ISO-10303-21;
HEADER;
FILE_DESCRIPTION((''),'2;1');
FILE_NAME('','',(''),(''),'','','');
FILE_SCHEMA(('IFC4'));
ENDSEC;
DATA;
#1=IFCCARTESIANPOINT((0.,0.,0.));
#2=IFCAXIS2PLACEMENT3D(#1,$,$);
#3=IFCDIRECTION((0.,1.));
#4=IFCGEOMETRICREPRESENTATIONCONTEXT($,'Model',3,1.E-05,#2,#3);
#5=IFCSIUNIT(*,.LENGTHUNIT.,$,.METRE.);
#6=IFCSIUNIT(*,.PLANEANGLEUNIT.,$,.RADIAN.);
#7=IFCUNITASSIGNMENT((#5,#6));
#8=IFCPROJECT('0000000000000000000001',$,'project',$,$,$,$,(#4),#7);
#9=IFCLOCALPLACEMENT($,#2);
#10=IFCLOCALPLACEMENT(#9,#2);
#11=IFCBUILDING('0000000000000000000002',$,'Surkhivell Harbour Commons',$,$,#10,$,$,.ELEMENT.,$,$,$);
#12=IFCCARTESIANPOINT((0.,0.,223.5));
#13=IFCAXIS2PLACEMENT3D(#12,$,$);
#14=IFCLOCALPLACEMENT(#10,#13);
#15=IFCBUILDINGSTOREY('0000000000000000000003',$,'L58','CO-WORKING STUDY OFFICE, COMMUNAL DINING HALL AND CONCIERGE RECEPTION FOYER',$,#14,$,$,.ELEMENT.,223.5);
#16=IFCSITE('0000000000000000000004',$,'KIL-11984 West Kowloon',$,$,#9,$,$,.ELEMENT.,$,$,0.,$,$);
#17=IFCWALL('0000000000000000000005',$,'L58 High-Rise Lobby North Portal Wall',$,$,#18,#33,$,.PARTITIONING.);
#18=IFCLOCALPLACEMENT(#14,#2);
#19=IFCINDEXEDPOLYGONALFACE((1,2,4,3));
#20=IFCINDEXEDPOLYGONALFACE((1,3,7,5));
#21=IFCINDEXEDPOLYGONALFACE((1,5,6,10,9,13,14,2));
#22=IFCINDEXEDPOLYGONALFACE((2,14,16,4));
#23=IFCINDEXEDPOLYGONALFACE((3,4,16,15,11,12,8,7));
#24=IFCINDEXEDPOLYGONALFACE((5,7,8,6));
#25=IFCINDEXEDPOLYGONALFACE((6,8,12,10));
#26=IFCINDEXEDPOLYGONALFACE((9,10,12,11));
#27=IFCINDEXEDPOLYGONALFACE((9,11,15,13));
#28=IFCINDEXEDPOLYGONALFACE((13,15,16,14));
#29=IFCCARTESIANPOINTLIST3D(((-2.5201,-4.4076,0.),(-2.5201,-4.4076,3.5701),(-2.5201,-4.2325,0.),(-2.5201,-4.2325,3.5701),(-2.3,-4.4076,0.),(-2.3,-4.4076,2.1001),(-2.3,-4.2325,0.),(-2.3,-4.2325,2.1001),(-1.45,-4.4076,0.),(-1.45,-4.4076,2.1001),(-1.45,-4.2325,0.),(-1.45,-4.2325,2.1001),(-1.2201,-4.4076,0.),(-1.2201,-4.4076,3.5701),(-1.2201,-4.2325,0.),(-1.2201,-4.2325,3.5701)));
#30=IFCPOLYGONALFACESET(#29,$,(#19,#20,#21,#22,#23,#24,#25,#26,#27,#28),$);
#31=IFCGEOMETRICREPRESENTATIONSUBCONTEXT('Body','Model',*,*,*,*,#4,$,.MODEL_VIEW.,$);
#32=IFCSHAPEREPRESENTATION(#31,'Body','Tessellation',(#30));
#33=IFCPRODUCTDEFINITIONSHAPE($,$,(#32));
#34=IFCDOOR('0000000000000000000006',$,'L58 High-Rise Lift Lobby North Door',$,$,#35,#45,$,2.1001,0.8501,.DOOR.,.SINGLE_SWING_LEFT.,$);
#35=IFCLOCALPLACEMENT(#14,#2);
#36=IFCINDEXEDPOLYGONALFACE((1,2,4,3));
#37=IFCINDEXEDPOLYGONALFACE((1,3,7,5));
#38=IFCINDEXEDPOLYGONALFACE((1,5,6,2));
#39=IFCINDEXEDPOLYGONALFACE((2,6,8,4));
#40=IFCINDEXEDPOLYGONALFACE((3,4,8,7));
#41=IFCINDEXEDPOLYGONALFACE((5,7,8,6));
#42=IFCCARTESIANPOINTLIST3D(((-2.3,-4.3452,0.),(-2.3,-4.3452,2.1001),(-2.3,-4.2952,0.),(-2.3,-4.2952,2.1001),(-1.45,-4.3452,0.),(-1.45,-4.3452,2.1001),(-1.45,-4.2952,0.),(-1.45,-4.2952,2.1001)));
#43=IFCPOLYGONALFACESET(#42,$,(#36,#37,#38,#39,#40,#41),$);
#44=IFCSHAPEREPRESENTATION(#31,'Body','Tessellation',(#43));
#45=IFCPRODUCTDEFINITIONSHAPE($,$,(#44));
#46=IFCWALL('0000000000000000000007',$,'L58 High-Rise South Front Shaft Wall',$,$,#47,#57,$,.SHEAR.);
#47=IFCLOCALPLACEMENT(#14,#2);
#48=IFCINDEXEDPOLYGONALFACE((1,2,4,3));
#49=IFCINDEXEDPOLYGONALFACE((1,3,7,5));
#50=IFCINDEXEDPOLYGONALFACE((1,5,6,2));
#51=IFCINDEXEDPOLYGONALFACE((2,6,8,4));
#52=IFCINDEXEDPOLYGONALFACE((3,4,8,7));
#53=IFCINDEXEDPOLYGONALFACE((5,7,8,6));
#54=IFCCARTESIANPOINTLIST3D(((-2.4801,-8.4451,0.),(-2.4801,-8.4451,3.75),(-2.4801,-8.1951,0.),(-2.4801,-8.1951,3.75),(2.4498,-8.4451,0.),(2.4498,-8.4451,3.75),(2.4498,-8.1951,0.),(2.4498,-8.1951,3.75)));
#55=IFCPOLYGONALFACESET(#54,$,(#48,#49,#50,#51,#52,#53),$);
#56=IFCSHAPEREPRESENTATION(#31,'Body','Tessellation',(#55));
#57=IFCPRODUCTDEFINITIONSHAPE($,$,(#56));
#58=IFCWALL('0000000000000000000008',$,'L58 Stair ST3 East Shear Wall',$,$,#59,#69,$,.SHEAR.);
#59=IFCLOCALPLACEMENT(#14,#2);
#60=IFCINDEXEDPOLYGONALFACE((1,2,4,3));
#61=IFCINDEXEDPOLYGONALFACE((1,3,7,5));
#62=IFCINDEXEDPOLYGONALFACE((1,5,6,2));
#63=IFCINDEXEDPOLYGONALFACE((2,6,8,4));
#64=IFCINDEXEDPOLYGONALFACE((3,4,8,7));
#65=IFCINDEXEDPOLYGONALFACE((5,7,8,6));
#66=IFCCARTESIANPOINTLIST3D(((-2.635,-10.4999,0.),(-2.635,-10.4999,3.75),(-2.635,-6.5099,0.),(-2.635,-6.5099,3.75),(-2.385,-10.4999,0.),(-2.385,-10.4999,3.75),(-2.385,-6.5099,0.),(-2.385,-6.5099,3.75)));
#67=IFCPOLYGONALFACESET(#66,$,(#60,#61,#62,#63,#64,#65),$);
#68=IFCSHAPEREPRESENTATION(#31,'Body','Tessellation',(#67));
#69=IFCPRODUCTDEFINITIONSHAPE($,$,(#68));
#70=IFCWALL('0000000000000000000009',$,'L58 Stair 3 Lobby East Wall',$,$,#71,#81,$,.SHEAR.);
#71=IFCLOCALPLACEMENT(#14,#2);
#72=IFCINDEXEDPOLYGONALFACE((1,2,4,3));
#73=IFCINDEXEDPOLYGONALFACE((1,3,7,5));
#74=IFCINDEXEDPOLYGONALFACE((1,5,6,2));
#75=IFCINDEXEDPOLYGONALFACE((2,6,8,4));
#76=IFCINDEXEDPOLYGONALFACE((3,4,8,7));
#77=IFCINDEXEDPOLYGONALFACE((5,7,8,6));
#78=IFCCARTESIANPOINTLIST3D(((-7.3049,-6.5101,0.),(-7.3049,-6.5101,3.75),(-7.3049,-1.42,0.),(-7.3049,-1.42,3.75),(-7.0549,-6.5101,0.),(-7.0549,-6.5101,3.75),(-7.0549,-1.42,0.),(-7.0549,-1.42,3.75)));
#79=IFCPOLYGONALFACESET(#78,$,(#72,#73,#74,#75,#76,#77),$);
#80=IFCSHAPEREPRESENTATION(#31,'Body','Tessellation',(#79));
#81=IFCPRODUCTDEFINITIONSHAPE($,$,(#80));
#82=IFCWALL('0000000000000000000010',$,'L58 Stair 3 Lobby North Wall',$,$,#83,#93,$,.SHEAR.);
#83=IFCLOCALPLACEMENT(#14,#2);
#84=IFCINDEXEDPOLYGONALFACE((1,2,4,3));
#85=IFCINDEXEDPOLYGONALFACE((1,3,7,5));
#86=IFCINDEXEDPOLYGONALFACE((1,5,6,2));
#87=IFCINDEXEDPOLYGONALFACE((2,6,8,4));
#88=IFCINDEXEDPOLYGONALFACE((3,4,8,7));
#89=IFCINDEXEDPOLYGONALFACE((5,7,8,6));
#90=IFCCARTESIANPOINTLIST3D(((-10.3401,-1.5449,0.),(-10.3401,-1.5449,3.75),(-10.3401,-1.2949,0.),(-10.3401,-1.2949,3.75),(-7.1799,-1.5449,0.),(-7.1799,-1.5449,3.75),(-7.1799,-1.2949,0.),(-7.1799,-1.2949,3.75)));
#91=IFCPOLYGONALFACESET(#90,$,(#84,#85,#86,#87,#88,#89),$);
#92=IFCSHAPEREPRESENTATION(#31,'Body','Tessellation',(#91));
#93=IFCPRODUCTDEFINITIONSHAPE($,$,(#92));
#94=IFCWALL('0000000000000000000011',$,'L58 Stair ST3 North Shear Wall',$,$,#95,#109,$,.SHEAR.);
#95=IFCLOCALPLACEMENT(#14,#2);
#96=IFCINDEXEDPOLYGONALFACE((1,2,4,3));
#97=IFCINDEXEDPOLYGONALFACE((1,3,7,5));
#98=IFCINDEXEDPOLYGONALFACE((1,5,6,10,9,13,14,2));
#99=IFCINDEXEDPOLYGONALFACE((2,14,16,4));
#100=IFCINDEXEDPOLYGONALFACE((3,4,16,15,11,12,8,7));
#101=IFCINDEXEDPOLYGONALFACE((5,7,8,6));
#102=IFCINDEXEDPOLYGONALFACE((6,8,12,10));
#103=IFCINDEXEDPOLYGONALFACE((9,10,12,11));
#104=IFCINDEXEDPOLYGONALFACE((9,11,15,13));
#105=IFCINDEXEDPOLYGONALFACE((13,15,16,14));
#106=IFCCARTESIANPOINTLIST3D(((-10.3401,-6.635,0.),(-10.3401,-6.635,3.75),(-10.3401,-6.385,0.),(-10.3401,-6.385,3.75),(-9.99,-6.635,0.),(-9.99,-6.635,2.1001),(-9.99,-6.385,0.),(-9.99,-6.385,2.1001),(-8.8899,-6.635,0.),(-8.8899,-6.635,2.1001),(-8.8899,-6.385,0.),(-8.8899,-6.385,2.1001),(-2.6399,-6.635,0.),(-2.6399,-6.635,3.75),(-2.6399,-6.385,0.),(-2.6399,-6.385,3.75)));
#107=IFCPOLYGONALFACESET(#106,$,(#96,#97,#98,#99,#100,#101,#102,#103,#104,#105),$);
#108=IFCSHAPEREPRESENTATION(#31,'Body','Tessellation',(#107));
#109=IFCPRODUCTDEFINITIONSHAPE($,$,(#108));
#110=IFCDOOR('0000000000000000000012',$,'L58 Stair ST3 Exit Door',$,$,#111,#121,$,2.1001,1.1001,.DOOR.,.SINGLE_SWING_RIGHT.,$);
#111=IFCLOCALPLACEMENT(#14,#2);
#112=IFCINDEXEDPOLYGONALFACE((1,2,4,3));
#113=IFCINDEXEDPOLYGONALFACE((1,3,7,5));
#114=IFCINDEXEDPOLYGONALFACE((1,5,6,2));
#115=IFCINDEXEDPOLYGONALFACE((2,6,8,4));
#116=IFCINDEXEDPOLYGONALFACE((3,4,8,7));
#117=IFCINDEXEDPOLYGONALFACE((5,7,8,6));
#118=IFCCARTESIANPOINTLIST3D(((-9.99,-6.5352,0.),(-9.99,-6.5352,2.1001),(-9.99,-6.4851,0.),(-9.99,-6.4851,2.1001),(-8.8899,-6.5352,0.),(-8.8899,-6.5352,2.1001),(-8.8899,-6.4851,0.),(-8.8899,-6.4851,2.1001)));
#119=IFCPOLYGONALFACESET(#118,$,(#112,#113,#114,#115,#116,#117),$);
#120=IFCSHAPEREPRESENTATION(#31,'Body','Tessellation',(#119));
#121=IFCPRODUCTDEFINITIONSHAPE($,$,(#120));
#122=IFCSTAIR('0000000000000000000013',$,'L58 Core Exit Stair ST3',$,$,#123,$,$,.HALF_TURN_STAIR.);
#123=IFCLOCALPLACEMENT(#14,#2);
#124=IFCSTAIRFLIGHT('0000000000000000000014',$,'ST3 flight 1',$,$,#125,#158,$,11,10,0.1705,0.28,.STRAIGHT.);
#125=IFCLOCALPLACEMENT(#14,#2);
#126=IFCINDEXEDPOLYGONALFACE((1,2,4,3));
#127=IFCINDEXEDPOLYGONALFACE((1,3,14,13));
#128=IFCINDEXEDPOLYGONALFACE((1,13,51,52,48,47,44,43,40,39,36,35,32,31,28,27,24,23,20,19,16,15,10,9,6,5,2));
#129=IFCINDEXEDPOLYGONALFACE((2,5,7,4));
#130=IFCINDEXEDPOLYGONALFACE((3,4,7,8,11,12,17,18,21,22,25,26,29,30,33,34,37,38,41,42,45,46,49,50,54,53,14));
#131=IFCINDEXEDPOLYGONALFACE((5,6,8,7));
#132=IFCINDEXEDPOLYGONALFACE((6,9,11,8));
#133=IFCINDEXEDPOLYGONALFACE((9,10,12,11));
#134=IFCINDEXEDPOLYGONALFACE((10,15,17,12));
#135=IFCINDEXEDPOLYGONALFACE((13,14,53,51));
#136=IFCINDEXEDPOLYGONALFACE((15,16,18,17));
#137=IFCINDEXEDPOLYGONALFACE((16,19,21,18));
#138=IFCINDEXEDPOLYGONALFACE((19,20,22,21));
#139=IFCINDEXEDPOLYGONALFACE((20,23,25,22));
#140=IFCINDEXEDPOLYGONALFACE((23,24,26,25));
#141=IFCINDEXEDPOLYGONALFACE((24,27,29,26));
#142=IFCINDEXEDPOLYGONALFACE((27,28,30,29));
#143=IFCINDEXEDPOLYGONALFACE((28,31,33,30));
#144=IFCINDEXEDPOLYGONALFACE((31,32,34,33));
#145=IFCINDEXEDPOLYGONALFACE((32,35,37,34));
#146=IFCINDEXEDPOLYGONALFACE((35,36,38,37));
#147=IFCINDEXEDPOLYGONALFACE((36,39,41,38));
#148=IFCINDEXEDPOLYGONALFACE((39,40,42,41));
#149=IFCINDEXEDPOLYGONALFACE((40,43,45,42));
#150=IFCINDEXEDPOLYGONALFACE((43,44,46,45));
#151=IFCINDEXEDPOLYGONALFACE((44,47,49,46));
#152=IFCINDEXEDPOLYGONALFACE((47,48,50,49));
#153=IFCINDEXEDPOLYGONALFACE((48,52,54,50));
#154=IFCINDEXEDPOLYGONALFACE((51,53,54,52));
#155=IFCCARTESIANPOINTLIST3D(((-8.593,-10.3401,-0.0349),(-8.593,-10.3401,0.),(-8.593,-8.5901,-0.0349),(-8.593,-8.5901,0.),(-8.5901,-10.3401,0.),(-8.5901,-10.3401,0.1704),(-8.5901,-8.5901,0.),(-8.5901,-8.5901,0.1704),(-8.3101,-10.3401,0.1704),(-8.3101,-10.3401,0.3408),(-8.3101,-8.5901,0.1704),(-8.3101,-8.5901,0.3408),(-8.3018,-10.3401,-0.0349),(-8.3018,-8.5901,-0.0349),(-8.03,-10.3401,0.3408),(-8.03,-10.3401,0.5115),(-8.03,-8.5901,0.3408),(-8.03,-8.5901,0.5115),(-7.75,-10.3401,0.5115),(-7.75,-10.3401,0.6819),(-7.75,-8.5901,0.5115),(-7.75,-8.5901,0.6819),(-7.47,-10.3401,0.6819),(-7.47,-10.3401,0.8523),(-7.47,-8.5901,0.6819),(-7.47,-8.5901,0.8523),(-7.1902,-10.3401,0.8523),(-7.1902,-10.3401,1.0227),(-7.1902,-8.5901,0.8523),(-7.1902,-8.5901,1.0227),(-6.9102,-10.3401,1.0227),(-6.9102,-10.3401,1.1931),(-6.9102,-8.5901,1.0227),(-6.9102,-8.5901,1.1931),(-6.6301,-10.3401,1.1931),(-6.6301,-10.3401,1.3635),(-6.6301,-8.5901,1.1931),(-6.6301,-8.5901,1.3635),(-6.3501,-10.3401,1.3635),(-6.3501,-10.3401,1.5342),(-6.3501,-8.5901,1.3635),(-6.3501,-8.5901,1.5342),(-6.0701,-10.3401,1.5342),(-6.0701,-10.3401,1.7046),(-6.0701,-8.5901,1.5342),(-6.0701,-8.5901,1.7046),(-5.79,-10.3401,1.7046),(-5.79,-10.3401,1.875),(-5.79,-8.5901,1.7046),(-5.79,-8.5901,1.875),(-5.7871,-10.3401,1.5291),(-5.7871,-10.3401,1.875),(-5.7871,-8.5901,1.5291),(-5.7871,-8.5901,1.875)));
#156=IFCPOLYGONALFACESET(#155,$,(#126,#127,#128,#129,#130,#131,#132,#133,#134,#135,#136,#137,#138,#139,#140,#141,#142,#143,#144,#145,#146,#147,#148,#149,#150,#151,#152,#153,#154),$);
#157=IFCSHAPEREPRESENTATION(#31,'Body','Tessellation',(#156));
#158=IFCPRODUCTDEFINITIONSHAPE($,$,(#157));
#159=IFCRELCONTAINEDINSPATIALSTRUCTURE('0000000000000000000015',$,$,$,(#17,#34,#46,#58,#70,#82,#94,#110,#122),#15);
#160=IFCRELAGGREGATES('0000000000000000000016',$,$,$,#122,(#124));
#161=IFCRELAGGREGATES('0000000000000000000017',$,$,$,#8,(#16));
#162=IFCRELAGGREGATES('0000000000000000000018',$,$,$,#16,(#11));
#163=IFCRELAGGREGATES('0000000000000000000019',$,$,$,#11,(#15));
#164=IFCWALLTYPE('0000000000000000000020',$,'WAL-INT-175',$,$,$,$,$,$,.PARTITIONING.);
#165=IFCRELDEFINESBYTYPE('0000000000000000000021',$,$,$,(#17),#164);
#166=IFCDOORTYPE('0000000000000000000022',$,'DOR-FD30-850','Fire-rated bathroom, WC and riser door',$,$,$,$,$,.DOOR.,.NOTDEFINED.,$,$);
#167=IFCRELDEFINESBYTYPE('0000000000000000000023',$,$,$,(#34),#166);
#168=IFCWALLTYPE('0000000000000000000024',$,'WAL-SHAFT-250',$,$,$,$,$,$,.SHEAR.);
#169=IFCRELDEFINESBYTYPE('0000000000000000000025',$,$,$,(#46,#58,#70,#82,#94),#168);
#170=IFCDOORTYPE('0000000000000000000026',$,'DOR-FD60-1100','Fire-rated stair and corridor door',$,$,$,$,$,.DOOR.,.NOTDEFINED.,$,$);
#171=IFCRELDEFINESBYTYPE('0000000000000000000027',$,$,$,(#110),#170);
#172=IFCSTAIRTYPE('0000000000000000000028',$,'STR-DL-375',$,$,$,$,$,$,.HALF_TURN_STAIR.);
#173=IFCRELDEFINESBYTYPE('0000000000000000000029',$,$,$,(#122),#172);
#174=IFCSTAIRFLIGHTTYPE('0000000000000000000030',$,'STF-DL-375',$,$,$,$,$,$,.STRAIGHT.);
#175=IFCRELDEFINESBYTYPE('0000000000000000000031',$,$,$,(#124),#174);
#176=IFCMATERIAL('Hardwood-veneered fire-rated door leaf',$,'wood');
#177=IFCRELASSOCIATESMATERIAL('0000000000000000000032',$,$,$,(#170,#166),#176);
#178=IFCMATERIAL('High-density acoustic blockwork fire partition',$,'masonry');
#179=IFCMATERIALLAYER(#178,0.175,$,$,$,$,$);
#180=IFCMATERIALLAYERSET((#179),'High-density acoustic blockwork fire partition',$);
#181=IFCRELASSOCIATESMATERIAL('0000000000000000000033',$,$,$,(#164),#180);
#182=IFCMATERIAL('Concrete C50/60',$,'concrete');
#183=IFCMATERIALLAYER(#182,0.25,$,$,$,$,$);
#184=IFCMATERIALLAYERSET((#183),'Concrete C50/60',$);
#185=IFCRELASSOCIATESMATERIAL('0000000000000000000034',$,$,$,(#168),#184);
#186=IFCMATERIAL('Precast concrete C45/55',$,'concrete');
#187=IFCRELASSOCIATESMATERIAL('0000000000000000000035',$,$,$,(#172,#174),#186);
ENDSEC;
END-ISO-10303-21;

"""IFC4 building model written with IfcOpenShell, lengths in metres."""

from ifc_helpers import new_model, si_unit, direction, frame, frame_2d, origin, place, context, subcontext, project, spatial, polyline, rectangle, outline, extrude, material, layer, layer_set, type_object, element, fill, aggregate, save


model = new_model("IFC4")

# Units and contexts
model_context = context("Model", 3, precision=1e-05, world=origin(), true_north=direction((0.0, 1.0)))
body_context = subcontext(model_context, "Body", "Model", "MODEL_VIEW")
ifc_project = project(units=[si_unit("LENGTHUNIT", "METRE"), si_unit("PLANEANGLEUNIT", "RADIAN")], contexts=[model_context])

# Site, building, storey
site_placement = place(None, origin())
site = spatial("IfcSite", under=ifc_project, at=site_placement, Name="KIL-11984 West Kowloon", CompositionType="ELEMENT", RefElevation=0.0)
building_placement = place(site_placement, origin())
building = spatial("IfcBuilding", under=site, at=building_placement, Name="Surkhivell Harbour Commons", CompositionType="ELEMENT")
storey_placement = place(building_placement, frame((0.0, 0.0, 223.5)))
storey = spatial("IfcBuildingStorey", under=building, at=storey_placement, Name="L58", Description="CO-WORKING STUDY OFFICE, COMMUNAL DINING HALL AND CONCIERGE RECEPTION FOYER", CompositionType="ELEMENT", Elevation=223.5)

# Shared definitions
ifc_material_1 = material(Name="Hardwood-veneered fire-rated door leaf", Category="wood")
door_type_1 = type_object("IfcDoorType", Name="DOR-FD60-1100", Description="Fire-rated stair and corridor door", OperationType="NOTDEFINED", PredefinedType="DOOR", material=ifc_material_1)
door_type_2 = type_object("IfcDoorType", Name="DOR-FD30-850", Description="Fire-rated bathroom, WC and riser door", OperationType="NOTDEFINED", PredefinedType="DOOR", material=ifc_material_1)
ifc_material_2 = material(Name="High-density acoustic blockwork fire partition", Category="masonry")
ifc_layer_1 = layer(ifc_material_2, 0.175)
ifc_layer_set_1 = layer_set([ifc_layer_1], Name="High-density acoustic blockwork fire partition")
wall_type_1 = type_object("IfcWallType", Name="WAL-INT-175", PredefinedType="PARTITIONING", material=ifc_layer_set_1)

# Wall, opening, door
wall_1_placement = place(storey_placement, frame((-2.52, -4.3201, 0.0), z_axis=(0.0, 0.0, 1.0), x_axis=(1.0, 0.0, 0.0)))
wall_1 = element("IfcWall", 1, at=wall_1_placement, inside=storey, type_object=wall_type_1, Name="L58 High-Rise Lobby North Portal Wall", PredefinedType="PARTITIONING", context=body_context, shape_type="SweptSolid", body=[
    extrude(rectangle(XDim=1.3, YDim=0.175, at=frame_2d((0.6499, 0.0))), origin(), (0.0, 0.0, 1.0), 3.5701),
])
opening_1_placement = place(wall_1_placement, frame((0.22, 0.0, 0.0)))
opening_1 = element("IfcOpeningElement", 2, at=opening_1_placement, cuts=wall_1, PredefinedType="OPENING", context=body_context, shape_type="SweptSolid", body=[
    extrude(rectangle(XDim=0.8501, YDim=2.1001, at=frame_2d((0.425, 1.05))), frame((0.0, 0.0974, 0.0), z_axis=(0.0, -1.0, 0.0), x_axis=(1.0, 0.0, 0.0)), (0.0, 0.0, 1.0), 0.1951),
])
door_1_placement = place(opening_1_placement, origin())
door_1 = element("IfcDoor", 3, at=door_1_placement, inside=storey, type_object=door_type_2, Name="L58 High-Rise Lift Lobby North Door", OperationType="SINGLE_SWING_LEFT", OverallHeight=2.1001, OverallWidth=0.8501, PredefinedType="DOOR", context=body_context, shape_type="SweptSolid", body=[
    extrude(rectangle(XDim=0.8501, YDim=2.1001, at=frame_2d((0.425, 1.05))), frame((0.0, 0.0249, 0.0), z_axis=(0.0, -1.0, 0.0), x_axis=(1.0, 0.0, 0.0)), (0.0, 0.0, 1.0), 0.05),
])
fill(opening_1, door_1)

# Walls
ifc_material_3 = material(Name="Concrete C50/60", Category="concrete")
ifc_layer_2 = layer(ifc_material_3, 0.25)
ifc_layer_set_2 = layer_set([ifc_layer_2], Name="Concrete C50/60")
wall_type_2 = type_object("IfcWallType", Name="WAL-SHAFT-250", PredefinedType="SHEAR", material=ifc_layer_set_2)
wall_2_placement = place(storey_placement, frame((-2.48, -8.3201, 0.0), z_axis=(0.0, 0.0, 1.0), x_axis=(1.0, 0.0, 0.0)))
element("IfcWall", 4, at=wall_2_placement, inside=storey, type_object=wall_type_2, Name="L58 High-Rise South Front Shaft Wall", PredefinedType="SHEAR", context=body_context, shape_type="SweptSolid", body=[
    extrude(rectangle(XDim=4.9299, YDim=0.25, at=frame_2d((2.4648, 0.0))), origin(), (0.0, 0.0, 1.0), 3.75),
])
wall_3_placement = place(storey_placement, frame((-2.51, -10.5, 0.0), z_axis=(0.0, 0.0, 1.0), x_axis=(0.0, 1.0, 0.0)))
element("IfcWall", 5, at=wall_3_placement, inside=storey, type_object=wall_type_2, Name="L58 Stair ST3 East Shear Wall", PredefinedType="SHEAR", context=body_context, shape_type="SweptSolid", body=[
    extrude(rectangle(XDim=3.99, YDim=0.25, at=frame_2d((1.9951, 0.0))), origin(), (0.0, 0.0, 1.0), 3.75),
])
wall_4_placement = place(storey_placement, frame((-7.1799, -6.51, 0.0), z_axis=(0.0, 0.0, 1.0), x_axis=(0.0, 1.0, 0.0)))
element("IfcWall", 6, at=wall_4_placement, inside=storey, type_object=wall_type_2, Name="L58 Stair 3 Lobby East Wall", PredefinedType="SHEAR", context=body_context, shape_type="SweptSolid", body=[
    extrude(rectangle(XDim=5.0901, YDim=0.25, at=frame_2d((2.5449, 0.0))), origin(), (0.0, 0.0, 1.0), 3.75),
])
wall_5_placement = place(storey_placement, frame((-10.3401, -1.4199, 0.0), z_axis=(0.0, 0.0, 1.0), x_axis=(1.0, 0.0, 0.0)))
element("IfcWall", 7, at=wall_5_placement, inside=storey, type_object=wall_type_2, Name="L58 Stair 3 Lobby North Wall", PredefinedType="SHEAR", context=body_context, shape_type="SweptSolid", body=[
    extrude(rectangle(XDim=3.1602, YDim=0.25, at=frame_2d((1.5801, 0.0))), origin(), (0.0, 0.0, 1.0), 3.75),
])

# Wall, opening, door
wall_6_placement = place(storey_placement, frame((-10.3401, -6.51, 0.0), z_axis=(0.0, 0.0, 1.0), x_axis=(1.0, 0.0, 0.0)))
wall_6 = element("IfcWall", 8, at=wall_6_placement, inside=storey, type_object=wall_type_2, Name="L58 Stair ST3 North Shear Wall", PredefinedType="SHEAR", context=body_context, shape_type="SweptSolid", body=[
    extrude(rectangle(XDim=7.7002, YDim=0.25, at=frame_2d((3.8501, 0.0))), origin(), (0.0, 0.0, 1.0), 3.75),
])
opening_2_placement = place(wall_6_placement, frame((0.3501, 0.0, 0.0)))
opening_2 = element("IfcOpeningElement", 9, at=opening_2_placement, cuts=wall_6, PredefinedType="OPENING", context=body_context, shape_type="SweptSolid", body=[
    extrude(rectangle(XDim=1.1001, YDim=2.1001, at=frame_2d((0.55, 1.05))), frame((0.0, 0.135, 0.0), z_axis=(0.0, -1.0, 0.0), x_axis=(1.0, 0.0, 0.0)), (0.0, 0.0, 1.0), 0.27),
])
door_2_placement = place(opening_2_placement, origin())
door_2 = element("IfcDoor", 10, at=door_2_placement, inside=storey, type_object=door_type_1, Name="L58 Stair ST3 Exit Door", OperationType="SINGLE_SWING_RIGHT", OverallHeight=2.1001, OverallWidth=1.1001, PredefinedType="DOOR", context=body_context, shape_type="SweptSolid", body=[
    extrude(rectangle(XDim=1.1001, YDim=2.1001, at=frame_2d((0.55, 1.05))), frame((0.0, 0.0249, 0.0), z_axis=(0.0, -1.0, 0.0), x_axis=(1.0, 0.0, 0.0)), (0.0, 0.0, 1.0), 0.05),
])
fill(opening_2, door_2)

# Stair, stair flight
ifc_material_4 = material(Name="Precast concrete C45/55", Category="concrete")
stair_type = type_object("IfcStairType", Name="STR-DL-375", PredefinedType="HALF_TURN_STAIR", material=ifc_material_4)
stair_placement = place(storey_placement, origin())
stair = element("IfcStair", 11, at=stair_placement, inside=storey, type_object=stair_type, Name="L58 Core Exit Stair ST3", PredefinedType="HALF_TURN_STAIR")
stair_flight_type = type_object("IfcStairFlightType", Name="STF-DL-375", PredefinedType="STRAIGHT", material=ifc_material_4)
stair_flight_1_placement = place(storey_placement, frame((-8.5901, -9.4651, 0.0), z_axis=(0.0, 0.0, 1.0), x_axis=(1.0, 0.0, 0.0)))
stair_flight_1 = element("IfcStairFlight", 12, at=stair_flight_1_placement, type_object=stair_flight_type, Name="ST3 flight 1", NumberOfRisers=11, NumberOfTreads=10, PredefinedType="STRAIGHT", RiserHeight=0.1705, TreadLength=0.28, context=body_context, shape_type="SweptSolid", body=[
    extrude(outline(polyline([(-0.0029, -0.0349), (-0.0029, 0.0), (0.0, 0.0), (0.0, 0.1704), (0.28, 0.1704), (0.28, 0.3408), (0.5601, 0.3408), (0.5601, 0.5115), (0.8401, 0.5115), (0.8401, 0.6819), (1.1201, 0.6819), (1.1201, 0.8523), (1.3999, 0.8523), (1.3999, 1.0227), (1.6799, 1.0227), (1.6799, 1.1931), (1.96, 1.1931), (1.96, 1.3635), (2.24, 1.3635), (2.24, 1.5342), (2.52, 1.5342), (2.52, 1.7046), (2.8, 1.7046), (2.8, 1.875), (2.803, 1.875), (2.803, 1.5291), (0.2883, -0.0349), (-0.0029, -0.0349)])), frame((0.0, 0.875, 0.0), z_axis=(0.0, -1.0, 0.0), x_axis=(1.0, 0.0, 0.0)), (0.0, 0.0, 1.0), 1.75),
])
aggregate(stair, [stair_flight_1])

save(model, "model.ifc")
